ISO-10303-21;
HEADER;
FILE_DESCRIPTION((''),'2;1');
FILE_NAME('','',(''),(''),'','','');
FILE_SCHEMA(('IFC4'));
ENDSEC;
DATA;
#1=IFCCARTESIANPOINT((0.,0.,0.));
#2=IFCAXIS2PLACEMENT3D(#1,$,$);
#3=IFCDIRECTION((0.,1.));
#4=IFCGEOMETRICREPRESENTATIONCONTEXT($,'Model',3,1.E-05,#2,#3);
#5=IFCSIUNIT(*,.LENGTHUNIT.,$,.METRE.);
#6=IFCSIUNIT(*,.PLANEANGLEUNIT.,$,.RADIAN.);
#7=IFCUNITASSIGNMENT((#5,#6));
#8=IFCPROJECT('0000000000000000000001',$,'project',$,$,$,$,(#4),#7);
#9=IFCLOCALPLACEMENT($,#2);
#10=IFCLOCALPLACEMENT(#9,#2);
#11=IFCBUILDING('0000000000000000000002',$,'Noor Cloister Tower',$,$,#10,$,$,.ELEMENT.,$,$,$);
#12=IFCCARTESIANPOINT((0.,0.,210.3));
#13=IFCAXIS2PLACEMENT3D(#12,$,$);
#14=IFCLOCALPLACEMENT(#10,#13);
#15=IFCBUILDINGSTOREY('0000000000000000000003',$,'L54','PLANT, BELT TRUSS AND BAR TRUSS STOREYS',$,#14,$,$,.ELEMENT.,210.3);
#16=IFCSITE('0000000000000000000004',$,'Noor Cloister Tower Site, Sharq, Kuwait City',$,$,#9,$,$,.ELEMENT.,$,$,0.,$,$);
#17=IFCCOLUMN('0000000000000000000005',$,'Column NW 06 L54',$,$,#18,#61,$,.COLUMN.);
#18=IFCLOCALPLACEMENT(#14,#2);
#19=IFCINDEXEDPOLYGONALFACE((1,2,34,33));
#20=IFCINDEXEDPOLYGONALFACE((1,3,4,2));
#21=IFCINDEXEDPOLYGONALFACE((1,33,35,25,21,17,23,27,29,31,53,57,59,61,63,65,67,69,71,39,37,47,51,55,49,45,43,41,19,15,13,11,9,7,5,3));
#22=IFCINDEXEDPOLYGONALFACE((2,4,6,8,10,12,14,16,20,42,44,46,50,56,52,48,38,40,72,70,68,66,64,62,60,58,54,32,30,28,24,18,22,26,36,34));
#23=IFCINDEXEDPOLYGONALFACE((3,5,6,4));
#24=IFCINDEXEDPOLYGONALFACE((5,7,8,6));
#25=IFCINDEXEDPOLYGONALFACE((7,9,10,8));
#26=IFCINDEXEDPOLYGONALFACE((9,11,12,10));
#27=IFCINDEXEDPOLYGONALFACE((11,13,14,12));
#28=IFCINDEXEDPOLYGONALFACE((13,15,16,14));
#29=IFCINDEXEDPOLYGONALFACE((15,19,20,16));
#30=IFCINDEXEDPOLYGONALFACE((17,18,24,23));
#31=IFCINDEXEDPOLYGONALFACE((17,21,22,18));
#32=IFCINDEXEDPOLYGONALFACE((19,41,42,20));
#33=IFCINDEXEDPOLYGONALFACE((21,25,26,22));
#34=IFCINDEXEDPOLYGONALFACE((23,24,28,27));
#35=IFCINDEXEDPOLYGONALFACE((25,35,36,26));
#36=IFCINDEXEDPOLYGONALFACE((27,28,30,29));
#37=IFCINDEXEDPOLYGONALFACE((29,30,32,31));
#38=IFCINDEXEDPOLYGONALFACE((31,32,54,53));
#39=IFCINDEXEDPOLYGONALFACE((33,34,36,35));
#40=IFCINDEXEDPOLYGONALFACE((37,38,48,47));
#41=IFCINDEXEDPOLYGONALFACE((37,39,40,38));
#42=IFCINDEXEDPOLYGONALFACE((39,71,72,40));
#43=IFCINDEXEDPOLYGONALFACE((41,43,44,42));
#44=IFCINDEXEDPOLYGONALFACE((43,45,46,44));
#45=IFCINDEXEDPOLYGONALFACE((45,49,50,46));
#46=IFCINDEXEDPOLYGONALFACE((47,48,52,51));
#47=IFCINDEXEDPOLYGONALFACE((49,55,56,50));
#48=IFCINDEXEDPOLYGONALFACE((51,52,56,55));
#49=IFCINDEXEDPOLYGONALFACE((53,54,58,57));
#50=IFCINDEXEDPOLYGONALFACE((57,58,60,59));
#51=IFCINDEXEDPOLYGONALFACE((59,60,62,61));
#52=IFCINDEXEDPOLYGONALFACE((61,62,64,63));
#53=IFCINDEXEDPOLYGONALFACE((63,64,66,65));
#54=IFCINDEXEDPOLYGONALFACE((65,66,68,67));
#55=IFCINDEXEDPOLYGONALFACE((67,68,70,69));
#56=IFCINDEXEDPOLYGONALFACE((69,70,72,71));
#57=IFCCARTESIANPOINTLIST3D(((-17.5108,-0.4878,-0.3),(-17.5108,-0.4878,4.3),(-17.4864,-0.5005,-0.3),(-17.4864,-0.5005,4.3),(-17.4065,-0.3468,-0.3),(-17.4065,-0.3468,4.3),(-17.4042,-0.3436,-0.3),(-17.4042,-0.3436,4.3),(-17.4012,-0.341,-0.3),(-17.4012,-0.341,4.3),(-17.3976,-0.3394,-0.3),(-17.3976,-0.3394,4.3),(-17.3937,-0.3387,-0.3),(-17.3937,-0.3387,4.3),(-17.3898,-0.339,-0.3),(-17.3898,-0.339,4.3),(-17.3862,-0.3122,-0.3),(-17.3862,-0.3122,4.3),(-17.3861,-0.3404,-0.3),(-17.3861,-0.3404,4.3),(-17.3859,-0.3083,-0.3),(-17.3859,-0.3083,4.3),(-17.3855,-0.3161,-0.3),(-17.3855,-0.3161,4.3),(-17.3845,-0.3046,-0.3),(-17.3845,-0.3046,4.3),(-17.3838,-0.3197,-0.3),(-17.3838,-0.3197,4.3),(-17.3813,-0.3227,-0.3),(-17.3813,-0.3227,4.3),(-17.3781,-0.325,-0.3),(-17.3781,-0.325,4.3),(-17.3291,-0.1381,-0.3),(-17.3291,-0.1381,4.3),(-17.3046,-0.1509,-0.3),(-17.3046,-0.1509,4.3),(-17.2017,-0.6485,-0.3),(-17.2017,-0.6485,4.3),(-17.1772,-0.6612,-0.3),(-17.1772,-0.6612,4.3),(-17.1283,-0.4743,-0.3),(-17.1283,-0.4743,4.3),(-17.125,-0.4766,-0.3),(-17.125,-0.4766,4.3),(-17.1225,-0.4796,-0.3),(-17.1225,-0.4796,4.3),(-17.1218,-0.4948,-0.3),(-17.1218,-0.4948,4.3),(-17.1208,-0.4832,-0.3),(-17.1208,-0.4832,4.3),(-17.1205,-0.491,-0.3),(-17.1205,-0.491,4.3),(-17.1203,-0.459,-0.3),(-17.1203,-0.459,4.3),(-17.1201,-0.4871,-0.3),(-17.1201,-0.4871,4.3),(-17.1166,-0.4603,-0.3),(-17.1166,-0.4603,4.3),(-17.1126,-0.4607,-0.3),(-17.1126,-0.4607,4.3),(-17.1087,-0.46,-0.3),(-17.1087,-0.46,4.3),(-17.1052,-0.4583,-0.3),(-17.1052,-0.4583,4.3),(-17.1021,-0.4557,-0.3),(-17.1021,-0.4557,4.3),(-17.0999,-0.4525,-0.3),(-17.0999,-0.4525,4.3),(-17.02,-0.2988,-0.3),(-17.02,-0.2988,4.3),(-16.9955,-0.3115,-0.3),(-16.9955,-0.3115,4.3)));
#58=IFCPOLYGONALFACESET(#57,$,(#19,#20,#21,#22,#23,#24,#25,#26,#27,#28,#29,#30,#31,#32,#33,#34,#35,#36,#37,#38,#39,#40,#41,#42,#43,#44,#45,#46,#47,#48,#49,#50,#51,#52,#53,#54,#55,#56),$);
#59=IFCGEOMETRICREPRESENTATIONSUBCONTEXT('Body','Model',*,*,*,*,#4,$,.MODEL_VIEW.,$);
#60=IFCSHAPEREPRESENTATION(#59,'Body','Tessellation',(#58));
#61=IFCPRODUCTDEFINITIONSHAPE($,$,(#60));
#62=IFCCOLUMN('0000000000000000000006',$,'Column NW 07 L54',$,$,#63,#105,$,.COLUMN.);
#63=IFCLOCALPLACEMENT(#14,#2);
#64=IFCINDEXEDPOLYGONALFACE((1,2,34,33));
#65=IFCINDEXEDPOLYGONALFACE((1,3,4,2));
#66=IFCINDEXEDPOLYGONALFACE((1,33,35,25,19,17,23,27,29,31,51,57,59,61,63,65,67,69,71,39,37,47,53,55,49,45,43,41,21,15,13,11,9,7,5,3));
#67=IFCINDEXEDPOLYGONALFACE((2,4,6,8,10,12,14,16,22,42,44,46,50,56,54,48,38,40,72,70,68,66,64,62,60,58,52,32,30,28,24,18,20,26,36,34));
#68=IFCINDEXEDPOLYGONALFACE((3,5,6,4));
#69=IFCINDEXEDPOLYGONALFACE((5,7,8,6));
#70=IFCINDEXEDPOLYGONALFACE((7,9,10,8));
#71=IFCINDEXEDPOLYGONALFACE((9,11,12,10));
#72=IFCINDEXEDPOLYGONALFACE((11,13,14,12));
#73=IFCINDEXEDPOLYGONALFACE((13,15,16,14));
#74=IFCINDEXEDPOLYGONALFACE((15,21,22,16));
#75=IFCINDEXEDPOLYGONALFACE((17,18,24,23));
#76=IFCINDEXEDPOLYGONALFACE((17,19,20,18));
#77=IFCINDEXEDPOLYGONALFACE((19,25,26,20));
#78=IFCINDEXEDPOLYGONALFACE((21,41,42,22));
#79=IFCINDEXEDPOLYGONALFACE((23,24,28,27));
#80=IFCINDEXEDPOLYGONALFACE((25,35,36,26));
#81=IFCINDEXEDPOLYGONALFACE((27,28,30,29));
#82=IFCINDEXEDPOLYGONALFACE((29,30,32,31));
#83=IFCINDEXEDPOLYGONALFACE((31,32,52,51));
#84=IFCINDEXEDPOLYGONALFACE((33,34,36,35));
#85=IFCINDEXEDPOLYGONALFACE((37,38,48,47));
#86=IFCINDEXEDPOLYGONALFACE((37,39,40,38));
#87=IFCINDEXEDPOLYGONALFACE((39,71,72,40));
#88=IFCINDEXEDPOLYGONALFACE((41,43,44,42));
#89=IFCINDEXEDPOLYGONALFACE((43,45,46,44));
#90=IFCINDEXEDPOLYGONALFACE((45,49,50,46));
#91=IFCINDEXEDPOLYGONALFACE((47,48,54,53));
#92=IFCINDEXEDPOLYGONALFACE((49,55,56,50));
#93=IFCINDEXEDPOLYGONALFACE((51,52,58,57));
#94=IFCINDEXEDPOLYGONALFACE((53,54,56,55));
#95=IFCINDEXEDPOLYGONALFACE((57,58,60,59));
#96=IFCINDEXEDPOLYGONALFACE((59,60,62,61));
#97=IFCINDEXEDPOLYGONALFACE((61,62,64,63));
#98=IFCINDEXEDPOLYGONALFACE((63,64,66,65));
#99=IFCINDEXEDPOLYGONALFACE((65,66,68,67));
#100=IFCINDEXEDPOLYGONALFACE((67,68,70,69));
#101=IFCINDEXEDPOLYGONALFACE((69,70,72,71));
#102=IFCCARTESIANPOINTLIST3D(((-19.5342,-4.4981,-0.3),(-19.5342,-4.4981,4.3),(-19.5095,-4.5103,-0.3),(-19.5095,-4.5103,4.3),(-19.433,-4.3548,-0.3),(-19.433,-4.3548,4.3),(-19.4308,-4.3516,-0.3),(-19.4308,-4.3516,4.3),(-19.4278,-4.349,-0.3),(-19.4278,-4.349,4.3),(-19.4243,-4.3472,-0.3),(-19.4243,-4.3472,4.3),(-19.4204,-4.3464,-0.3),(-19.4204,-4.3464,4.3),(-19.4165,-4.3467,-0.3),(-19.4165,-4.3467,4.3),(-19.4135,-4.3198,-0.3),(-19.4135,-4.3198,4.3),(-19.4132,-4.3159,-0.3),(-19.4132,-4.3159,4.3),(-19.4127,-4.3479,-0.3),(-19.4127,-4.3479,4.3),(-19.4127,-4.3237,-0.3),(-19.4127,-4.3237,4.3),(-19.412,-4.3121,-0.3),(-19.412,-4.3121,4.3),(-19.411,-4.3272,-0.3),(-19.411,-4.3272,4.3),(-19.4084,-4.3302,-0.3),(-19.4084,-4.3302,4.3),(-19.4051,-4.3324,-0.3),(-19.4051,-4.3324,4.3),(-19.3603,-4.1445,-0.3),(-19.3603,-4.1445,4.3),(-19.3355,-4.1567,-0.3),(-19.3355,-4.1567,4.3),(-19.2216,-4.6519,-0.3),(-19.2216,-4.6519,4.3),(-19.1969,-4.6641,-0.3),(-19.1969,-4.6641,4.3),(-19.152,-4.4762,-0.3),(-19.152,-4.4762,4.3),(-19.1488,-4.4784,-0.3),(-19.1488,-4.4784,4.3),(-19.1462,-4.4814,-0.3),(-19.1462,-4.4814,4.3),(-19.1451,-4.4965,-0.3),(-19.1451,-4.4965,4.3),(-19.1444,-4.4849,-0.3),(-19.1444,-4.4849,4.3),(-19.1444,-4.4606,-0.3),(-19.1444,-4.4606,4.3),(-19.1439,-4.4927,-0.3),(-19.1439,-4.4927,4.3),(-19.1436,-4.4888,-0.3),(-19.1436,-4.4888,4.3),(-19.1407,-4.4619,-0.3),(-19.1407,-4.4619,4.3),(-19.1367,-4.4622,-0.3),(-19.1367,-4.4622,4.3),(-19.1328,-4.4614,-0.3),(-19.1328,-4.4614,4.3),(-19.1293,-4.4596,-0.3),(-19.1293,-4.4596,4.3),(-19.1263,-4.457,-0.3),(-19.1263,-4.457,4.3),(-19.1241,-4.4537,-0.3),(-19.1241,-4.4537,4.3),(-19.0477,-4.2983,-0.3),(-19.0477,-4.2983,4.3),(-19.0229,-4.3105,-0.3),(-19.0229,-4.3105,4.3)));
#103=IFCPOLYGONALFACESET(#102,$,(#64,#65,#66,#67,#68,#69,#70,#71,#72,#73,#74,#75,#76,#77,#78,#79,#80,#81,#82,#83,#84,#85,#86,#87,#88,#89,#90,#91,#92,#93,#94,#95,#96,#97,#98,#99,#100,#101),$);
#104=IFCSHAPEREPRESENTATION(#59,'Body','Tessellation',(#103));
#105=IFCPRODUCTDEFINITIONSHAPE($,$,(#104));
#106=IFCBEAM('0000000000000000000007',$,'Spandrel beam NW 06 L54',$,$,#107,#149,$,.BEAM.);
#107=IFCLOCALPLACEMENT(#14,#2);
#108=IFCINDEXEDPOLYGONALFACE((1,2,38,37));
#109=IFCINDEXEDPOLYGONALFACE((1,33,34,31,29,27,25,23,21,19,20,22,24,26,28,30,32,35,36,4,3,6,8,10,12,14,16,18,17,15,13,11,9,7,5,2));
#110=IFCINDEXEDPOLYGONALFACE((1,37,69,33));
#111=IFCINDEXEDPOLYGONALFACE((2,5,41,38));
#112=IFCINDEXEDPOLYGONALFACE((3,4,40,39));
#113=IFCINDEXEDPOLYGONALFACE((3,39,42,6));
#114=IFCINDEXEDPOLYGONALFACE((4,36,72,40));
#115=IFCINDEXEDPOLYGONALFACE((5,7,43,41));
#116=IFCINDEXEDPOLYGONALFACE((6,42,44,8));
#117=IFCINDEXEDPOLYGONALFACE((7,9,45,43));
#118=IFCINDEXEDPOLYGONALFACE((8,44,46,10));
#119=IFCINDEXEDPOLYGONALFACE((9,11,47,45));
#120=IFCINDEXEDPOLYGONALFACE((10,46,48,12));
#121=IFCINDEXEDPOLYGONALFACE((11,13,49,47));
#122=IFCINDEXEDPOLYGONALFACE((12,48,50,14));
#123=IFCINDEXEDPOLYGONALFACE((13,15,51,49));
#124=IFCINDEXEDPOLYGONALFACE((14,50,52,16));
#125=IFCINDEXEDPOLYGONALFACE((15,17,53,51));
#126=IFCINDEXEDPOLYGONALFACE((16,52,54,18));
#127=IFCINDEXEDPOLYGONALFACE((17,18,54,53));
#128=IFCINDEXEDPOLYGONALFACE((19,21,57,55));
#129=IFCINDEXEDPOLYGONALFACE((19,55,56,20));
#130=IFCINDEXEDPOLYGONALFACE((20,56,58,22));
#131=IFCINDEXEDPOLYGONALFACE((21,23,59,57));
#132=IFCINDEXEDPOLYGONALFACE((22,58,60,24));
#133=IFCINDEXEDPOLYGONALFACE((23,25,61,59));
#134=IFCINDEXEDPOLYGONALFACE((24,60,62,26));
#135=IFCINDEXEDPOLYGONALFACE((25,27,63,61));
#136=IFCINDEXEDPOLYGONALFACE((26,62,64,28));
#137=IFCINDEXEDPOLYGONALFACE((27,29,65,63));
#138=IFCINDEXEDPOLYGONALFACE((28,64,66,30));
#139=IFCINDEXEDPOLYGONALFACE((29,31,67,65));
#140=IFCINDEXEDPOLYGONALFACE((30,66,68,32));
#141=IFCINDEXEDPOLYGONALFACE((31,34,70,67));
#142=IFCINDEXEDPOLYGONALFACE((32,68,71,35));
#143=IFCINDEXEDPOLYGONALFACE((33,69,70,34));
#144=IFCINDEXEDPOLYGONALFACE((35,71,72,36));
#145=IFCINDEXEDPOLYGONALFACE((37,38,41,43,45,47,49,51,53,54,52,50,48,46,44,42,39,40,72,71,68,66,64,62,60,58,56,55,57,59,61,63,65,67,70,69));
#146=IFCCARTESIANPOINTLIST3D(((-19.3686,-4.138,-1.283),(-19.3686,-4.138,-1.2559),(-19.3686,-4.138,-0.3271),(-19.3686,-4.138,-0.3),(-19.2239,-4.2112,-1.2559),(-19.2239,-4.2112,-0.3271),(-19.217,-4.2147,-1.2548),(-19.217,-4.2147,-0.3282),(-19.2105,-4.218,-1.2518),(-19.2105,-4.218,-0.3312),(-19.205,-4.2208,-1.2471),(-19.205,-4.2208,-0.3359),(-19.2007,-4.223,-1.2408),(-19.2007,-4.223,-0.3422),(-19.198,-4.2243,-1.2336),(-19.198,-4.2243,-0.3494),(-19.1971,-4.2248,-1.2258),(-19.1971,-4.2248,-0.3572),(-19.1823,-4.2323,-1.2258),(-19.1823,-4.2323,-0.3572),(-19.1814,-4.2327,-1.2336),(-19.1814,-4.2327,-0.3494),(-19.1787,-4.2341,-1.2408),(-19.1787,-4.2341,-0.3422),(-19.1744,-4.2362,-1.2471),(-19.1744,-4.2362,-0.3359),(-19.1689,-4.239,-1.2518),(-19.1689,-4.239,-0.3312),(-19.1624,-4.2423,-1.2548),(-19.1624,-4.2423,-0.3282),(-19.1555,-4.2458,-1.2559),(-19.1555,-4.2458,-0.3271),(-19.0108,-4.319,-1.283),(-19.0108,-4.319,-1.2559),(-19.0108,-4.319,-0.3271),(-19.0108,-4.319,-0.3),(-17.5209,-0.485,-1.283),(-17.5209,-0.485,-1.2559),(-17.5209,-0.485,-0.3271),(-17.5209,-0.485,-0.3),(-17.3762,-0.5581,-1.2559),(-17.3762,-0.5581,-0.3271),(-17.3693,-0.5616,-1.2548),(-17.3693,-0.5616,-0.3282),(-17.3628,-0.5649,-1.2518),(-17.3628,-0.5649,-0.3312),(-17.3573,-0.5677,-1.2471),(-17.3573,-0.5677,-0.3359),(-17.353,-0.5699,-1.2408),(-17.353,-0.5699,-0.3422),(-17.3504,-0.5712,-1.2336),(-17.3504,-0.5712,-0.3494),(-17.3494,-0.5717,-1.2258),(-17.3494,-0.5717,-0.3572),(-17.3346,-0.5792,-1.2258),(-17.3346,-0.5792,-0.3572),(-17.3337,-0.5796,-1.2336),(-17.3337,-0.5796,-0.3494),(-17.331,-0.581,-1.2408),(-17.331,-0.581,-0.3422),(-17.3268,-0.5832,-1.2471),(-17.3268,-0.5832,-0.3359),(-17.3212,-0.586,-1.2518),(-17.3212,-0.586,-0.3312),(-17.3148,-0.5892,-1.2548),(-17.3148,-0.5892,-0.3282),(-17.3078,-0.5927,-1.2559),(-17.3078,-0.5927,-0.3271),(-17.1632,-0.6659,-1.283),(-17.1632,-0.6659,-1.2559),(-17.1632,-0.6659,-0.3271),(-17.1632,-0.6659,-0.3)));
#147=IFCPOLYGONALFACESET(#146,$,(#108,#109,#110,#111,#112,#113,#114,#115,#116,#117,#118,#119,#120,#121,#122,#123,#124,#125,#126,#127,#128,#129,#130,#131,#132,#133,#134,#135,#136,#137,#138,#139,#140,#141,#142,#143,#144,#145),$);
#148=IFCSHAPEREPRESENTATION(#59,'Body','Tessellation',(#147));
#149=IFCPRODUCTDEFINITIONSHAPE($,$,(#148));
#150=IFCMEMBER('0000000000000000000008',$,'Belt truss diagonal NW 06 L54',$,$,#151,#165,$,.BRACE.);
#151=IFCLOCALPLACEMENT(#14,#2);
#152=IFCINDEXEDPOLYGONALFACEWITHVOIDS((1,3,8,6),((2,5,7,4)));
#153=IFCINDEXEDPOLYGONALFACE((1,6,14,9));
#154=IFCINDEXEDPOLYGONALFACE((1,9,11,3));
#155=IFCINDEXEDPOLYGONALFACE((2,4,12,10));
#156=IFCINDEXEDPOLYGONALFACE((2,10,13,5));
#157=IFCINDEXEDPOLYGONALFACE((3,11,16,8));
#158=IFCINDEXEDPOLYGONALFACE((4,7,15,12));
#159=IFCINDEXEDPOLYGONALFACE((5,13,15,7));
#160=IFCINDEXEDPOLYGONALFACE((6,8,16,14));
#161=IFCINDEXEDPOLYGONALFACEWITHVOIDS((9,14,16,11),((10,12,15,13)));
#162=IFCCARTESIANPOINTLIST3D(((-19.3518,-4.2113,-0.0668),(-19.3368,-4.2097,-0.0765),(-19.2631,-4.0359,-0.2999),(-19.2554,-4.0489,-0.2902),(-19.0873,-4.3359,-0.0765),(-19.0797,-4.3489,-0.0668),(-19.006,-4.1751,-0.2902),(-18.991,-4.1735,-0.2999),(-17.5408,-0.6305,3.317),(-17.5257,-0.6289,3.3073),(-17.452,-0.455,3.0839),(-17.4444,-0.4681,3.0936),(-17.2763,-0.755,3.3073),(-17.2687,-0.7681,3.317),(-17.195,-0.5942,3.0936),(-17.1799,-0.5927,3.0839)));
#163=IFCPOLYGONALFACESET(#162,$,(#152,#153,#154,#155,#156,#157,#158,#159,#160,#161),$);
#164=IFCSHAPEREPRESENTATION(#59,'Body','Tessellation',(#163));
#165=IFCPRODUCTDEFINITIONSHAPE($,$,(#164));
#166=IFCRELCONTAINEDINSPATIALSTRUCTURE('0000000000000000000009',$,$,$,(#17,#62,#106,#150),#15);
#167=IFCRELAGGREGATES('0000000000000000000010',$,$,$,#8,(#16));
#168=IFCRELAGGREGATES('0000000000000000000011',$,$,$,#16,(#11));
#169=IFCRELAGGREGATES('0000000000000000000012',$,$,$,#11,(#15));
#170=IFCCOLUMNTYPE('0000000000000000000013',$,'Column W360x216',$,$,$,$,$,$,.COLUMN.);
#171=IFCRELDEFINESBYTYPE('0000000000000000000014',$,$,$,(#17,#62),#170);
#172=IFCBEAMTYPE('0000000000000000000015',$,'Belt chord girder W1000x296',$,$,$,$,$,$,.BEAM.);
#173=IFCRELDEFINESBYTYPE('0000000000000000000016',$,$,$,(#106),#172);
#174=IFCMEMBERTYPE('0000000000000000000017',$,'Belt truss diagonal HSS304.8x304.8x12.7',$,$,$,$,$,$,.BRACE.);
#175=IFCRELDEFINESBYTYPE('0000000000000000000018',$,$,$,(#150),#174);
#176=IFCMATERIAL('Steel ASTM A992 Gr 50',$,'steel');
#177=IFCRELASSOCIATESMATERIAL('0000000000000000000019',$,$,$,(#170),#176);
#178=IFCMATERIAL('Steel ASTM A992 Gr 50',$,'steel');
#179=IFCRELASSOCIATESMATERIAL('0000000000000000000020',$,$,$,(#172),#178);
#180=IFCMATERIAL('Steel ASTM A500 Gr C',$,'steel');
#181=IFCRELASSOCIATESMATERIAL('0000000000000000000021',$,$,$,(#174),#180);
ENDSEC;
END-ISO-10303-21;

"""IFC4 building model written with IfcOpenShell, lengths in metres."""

from ifc_helpers import new_model, si_unit, direction, frame, origin, origin_2d, place, context, subcontext, project, spatial, hollow_rectangle, i_section, extrude, material, material_profile, profile_set, type_object, element, save


model = new_model("IFC4")

# Units and contexts
model_context = context("Model", 3, precision=1e-05, world=origin(), true_north=direction((0.0, 1.0)))
body_context = subcontext(model_context, "Body", "Model", "MODEL_VIEW")
ifc_project = project(units=[si_unit("LENGTHUNIT", "METRE"), si_unit("PLANEANGLEUNIT", "RADIAN")], contexts=[model_context])

# Site, building, storey
site_placement = place(None, origin())
site = spatial("IfcSite", under=ifc_project, at=site_placement, Name="Noor Cloister Tower Site, Sharq, Kuwait City", CompositionType="ELEMENT", RefElevation=0.0)
building_placement = place(site_placement, origin())
building = spatial("IfcBuilding", under=site, at=building_placement, Name="Noor Cloister Tower", CompositionType="ELEMENT")
storey_placement = place(building_placement, frame((0.0, 0.0, 210.3)))
storey = spatial("IfcBuildingStorey", under=building, at=storey_placement, Name="L54", Description="PLANT, BELT TRUSS AND BAR TRUSS STOREYS", CompositionType="ELEMENT", Elevation=210.3)

# Columns
ifc_material_1 = material(Name="Steel ASTM A992 Gr 50", Category="steel")
ifc_material_profile_1 = material_profile(ifc_material_1, i_section(OverallWidth=0.394, OverallDepth=0.376, WebThickness=0.0173, FlangeThickness=0.0276, FilletRadius=0.0151, at=origin_2d()), Name="W360x216")
ifc_profile_set_1 = profile_set([ifc_material_profile_1], Name="Steel ASTM A992 Gr 50")
column_type = type_object("IfcColumnType", Name="Column W360x216", PredefinedType="COLUMN", material=ifc_profile_set_1)
for number, where, z_axis, x_axis, name in (
    (1, (-17.2532, -0.3997, -0.3), (0.0, 0.0, 1.0), (-0.461186, -0.887303, 0.0), "Column NW 06 L54"),
    (2, (-19.2786, -4.4043, -0.3), (0.0, 0.0, 1.0), (-0.441436, -0.897293, 0.0), "Column NW 07 L54"),
):
    element("IfcColumn", number, at=place(storey_placement, frame(where, z_axis=z_axis, x_axis=x_axis)), inside=storey, type_object=column_type, Name=name, PredefinedType="COLUMN", context=body_context, shape_type="SweptSolid", body=[
        extrude(i_section(OverallWidth=0.394, OverallDepth=0.376, WebThickness=0.0173, FlangeThickness=0.0276, FilletRadius=0.0151, at=origin_2d()), origin(), (0.0, 0.0, 1.0), 4.6001),
    ])

# Beam
ifc_material_2 = material(Name="Steel ASTM A992 Gr 50", Category="steel")
ifc_material_profile_2 = material_profile(ifc_material_2, i_section(OverallWidth=0.4009, OverallDepth=0.9829, WebThickness=0.0166, FlangeThickness=0.0271, FilletRadius=0.03, at=origin_2d()), Name="W1000x296")
ifc_profile_set_2 = profile_set([ifc_material_profile_2], Name="Steel ASTM A992 Gr 50")
beam_type_1 = type_object("IfcBeamType", Name="Belt chord girder W1000x296", PredefinedType="BEAM", material=ifc_profile_set_2)
beam_1_placement = place(storey_placement, frame((-17.342, -0.5754, -0.7915), z_axis=(-0.451336, -0.892354, 0.0), x_axis=(0.892354, -0.451336, 0.0)))
element("IfcBeam", 3, at=beam_1_placement, inside=storey, type_object=beam_type_1, Name="Spandrel beam NW 06 L54", PredefinedType="BEAM", context=body_context, shape_type="SweptSolid", body=[
    extrude(i_section(OverallWidth=0.4009, OverallDepth=0.9829, WebThickness=0.0166, FlangeThickness=0.0271, FilletRadius=0.03, at=origin_2d()), origin(), (0.0, 0.0, 1.0), 4.0938),
])

# Member
ifc_material_3 = material(Name="Steel ASTM A500 Gr C", Category="steel")
ifc_material_profile_3 = material_profile(ifc_material_3, hollow_rectangle(XDim=0.3049, YDim=0.3049, WallThickness=0.0127, at=origin_2d()), Name="HSS304.8x304.8x12.7")
ifc_profile_set_3 = profile_set([ifc_material_profile_3], Name="Steel ASTM A500 Gr C")
member_type = type_object("IfcMemberType", Name="Belt truss diagonal HSS304.8x304.8x12.7", PredefinedType="BRACE", material=ifc_profile_set_3)
member_placement = place(storey_placement, frame((-19.1714, -4.1924, -0.1833), z_axis=(0.345024, 0.682188, 0.644653), x_axis=(-0.892361, 0.451322, 0.0)))
element("IfcMember", 4, at=member_placement, inside=storey, type_object=member_type, Name="Belt truss diagonal NW 06 L54", PredefinedType="BRACE", context=body_context, shape_type="SweptSolid", body=[
    extrude(hollow_rectangle(XDim=0.3049, YDim=0.3049, WallThickness=0.0127, at=origin_2d()), origin(), (0.0, 0.0, 1.0), 5.249),
])

save(model, "model.ifc")
